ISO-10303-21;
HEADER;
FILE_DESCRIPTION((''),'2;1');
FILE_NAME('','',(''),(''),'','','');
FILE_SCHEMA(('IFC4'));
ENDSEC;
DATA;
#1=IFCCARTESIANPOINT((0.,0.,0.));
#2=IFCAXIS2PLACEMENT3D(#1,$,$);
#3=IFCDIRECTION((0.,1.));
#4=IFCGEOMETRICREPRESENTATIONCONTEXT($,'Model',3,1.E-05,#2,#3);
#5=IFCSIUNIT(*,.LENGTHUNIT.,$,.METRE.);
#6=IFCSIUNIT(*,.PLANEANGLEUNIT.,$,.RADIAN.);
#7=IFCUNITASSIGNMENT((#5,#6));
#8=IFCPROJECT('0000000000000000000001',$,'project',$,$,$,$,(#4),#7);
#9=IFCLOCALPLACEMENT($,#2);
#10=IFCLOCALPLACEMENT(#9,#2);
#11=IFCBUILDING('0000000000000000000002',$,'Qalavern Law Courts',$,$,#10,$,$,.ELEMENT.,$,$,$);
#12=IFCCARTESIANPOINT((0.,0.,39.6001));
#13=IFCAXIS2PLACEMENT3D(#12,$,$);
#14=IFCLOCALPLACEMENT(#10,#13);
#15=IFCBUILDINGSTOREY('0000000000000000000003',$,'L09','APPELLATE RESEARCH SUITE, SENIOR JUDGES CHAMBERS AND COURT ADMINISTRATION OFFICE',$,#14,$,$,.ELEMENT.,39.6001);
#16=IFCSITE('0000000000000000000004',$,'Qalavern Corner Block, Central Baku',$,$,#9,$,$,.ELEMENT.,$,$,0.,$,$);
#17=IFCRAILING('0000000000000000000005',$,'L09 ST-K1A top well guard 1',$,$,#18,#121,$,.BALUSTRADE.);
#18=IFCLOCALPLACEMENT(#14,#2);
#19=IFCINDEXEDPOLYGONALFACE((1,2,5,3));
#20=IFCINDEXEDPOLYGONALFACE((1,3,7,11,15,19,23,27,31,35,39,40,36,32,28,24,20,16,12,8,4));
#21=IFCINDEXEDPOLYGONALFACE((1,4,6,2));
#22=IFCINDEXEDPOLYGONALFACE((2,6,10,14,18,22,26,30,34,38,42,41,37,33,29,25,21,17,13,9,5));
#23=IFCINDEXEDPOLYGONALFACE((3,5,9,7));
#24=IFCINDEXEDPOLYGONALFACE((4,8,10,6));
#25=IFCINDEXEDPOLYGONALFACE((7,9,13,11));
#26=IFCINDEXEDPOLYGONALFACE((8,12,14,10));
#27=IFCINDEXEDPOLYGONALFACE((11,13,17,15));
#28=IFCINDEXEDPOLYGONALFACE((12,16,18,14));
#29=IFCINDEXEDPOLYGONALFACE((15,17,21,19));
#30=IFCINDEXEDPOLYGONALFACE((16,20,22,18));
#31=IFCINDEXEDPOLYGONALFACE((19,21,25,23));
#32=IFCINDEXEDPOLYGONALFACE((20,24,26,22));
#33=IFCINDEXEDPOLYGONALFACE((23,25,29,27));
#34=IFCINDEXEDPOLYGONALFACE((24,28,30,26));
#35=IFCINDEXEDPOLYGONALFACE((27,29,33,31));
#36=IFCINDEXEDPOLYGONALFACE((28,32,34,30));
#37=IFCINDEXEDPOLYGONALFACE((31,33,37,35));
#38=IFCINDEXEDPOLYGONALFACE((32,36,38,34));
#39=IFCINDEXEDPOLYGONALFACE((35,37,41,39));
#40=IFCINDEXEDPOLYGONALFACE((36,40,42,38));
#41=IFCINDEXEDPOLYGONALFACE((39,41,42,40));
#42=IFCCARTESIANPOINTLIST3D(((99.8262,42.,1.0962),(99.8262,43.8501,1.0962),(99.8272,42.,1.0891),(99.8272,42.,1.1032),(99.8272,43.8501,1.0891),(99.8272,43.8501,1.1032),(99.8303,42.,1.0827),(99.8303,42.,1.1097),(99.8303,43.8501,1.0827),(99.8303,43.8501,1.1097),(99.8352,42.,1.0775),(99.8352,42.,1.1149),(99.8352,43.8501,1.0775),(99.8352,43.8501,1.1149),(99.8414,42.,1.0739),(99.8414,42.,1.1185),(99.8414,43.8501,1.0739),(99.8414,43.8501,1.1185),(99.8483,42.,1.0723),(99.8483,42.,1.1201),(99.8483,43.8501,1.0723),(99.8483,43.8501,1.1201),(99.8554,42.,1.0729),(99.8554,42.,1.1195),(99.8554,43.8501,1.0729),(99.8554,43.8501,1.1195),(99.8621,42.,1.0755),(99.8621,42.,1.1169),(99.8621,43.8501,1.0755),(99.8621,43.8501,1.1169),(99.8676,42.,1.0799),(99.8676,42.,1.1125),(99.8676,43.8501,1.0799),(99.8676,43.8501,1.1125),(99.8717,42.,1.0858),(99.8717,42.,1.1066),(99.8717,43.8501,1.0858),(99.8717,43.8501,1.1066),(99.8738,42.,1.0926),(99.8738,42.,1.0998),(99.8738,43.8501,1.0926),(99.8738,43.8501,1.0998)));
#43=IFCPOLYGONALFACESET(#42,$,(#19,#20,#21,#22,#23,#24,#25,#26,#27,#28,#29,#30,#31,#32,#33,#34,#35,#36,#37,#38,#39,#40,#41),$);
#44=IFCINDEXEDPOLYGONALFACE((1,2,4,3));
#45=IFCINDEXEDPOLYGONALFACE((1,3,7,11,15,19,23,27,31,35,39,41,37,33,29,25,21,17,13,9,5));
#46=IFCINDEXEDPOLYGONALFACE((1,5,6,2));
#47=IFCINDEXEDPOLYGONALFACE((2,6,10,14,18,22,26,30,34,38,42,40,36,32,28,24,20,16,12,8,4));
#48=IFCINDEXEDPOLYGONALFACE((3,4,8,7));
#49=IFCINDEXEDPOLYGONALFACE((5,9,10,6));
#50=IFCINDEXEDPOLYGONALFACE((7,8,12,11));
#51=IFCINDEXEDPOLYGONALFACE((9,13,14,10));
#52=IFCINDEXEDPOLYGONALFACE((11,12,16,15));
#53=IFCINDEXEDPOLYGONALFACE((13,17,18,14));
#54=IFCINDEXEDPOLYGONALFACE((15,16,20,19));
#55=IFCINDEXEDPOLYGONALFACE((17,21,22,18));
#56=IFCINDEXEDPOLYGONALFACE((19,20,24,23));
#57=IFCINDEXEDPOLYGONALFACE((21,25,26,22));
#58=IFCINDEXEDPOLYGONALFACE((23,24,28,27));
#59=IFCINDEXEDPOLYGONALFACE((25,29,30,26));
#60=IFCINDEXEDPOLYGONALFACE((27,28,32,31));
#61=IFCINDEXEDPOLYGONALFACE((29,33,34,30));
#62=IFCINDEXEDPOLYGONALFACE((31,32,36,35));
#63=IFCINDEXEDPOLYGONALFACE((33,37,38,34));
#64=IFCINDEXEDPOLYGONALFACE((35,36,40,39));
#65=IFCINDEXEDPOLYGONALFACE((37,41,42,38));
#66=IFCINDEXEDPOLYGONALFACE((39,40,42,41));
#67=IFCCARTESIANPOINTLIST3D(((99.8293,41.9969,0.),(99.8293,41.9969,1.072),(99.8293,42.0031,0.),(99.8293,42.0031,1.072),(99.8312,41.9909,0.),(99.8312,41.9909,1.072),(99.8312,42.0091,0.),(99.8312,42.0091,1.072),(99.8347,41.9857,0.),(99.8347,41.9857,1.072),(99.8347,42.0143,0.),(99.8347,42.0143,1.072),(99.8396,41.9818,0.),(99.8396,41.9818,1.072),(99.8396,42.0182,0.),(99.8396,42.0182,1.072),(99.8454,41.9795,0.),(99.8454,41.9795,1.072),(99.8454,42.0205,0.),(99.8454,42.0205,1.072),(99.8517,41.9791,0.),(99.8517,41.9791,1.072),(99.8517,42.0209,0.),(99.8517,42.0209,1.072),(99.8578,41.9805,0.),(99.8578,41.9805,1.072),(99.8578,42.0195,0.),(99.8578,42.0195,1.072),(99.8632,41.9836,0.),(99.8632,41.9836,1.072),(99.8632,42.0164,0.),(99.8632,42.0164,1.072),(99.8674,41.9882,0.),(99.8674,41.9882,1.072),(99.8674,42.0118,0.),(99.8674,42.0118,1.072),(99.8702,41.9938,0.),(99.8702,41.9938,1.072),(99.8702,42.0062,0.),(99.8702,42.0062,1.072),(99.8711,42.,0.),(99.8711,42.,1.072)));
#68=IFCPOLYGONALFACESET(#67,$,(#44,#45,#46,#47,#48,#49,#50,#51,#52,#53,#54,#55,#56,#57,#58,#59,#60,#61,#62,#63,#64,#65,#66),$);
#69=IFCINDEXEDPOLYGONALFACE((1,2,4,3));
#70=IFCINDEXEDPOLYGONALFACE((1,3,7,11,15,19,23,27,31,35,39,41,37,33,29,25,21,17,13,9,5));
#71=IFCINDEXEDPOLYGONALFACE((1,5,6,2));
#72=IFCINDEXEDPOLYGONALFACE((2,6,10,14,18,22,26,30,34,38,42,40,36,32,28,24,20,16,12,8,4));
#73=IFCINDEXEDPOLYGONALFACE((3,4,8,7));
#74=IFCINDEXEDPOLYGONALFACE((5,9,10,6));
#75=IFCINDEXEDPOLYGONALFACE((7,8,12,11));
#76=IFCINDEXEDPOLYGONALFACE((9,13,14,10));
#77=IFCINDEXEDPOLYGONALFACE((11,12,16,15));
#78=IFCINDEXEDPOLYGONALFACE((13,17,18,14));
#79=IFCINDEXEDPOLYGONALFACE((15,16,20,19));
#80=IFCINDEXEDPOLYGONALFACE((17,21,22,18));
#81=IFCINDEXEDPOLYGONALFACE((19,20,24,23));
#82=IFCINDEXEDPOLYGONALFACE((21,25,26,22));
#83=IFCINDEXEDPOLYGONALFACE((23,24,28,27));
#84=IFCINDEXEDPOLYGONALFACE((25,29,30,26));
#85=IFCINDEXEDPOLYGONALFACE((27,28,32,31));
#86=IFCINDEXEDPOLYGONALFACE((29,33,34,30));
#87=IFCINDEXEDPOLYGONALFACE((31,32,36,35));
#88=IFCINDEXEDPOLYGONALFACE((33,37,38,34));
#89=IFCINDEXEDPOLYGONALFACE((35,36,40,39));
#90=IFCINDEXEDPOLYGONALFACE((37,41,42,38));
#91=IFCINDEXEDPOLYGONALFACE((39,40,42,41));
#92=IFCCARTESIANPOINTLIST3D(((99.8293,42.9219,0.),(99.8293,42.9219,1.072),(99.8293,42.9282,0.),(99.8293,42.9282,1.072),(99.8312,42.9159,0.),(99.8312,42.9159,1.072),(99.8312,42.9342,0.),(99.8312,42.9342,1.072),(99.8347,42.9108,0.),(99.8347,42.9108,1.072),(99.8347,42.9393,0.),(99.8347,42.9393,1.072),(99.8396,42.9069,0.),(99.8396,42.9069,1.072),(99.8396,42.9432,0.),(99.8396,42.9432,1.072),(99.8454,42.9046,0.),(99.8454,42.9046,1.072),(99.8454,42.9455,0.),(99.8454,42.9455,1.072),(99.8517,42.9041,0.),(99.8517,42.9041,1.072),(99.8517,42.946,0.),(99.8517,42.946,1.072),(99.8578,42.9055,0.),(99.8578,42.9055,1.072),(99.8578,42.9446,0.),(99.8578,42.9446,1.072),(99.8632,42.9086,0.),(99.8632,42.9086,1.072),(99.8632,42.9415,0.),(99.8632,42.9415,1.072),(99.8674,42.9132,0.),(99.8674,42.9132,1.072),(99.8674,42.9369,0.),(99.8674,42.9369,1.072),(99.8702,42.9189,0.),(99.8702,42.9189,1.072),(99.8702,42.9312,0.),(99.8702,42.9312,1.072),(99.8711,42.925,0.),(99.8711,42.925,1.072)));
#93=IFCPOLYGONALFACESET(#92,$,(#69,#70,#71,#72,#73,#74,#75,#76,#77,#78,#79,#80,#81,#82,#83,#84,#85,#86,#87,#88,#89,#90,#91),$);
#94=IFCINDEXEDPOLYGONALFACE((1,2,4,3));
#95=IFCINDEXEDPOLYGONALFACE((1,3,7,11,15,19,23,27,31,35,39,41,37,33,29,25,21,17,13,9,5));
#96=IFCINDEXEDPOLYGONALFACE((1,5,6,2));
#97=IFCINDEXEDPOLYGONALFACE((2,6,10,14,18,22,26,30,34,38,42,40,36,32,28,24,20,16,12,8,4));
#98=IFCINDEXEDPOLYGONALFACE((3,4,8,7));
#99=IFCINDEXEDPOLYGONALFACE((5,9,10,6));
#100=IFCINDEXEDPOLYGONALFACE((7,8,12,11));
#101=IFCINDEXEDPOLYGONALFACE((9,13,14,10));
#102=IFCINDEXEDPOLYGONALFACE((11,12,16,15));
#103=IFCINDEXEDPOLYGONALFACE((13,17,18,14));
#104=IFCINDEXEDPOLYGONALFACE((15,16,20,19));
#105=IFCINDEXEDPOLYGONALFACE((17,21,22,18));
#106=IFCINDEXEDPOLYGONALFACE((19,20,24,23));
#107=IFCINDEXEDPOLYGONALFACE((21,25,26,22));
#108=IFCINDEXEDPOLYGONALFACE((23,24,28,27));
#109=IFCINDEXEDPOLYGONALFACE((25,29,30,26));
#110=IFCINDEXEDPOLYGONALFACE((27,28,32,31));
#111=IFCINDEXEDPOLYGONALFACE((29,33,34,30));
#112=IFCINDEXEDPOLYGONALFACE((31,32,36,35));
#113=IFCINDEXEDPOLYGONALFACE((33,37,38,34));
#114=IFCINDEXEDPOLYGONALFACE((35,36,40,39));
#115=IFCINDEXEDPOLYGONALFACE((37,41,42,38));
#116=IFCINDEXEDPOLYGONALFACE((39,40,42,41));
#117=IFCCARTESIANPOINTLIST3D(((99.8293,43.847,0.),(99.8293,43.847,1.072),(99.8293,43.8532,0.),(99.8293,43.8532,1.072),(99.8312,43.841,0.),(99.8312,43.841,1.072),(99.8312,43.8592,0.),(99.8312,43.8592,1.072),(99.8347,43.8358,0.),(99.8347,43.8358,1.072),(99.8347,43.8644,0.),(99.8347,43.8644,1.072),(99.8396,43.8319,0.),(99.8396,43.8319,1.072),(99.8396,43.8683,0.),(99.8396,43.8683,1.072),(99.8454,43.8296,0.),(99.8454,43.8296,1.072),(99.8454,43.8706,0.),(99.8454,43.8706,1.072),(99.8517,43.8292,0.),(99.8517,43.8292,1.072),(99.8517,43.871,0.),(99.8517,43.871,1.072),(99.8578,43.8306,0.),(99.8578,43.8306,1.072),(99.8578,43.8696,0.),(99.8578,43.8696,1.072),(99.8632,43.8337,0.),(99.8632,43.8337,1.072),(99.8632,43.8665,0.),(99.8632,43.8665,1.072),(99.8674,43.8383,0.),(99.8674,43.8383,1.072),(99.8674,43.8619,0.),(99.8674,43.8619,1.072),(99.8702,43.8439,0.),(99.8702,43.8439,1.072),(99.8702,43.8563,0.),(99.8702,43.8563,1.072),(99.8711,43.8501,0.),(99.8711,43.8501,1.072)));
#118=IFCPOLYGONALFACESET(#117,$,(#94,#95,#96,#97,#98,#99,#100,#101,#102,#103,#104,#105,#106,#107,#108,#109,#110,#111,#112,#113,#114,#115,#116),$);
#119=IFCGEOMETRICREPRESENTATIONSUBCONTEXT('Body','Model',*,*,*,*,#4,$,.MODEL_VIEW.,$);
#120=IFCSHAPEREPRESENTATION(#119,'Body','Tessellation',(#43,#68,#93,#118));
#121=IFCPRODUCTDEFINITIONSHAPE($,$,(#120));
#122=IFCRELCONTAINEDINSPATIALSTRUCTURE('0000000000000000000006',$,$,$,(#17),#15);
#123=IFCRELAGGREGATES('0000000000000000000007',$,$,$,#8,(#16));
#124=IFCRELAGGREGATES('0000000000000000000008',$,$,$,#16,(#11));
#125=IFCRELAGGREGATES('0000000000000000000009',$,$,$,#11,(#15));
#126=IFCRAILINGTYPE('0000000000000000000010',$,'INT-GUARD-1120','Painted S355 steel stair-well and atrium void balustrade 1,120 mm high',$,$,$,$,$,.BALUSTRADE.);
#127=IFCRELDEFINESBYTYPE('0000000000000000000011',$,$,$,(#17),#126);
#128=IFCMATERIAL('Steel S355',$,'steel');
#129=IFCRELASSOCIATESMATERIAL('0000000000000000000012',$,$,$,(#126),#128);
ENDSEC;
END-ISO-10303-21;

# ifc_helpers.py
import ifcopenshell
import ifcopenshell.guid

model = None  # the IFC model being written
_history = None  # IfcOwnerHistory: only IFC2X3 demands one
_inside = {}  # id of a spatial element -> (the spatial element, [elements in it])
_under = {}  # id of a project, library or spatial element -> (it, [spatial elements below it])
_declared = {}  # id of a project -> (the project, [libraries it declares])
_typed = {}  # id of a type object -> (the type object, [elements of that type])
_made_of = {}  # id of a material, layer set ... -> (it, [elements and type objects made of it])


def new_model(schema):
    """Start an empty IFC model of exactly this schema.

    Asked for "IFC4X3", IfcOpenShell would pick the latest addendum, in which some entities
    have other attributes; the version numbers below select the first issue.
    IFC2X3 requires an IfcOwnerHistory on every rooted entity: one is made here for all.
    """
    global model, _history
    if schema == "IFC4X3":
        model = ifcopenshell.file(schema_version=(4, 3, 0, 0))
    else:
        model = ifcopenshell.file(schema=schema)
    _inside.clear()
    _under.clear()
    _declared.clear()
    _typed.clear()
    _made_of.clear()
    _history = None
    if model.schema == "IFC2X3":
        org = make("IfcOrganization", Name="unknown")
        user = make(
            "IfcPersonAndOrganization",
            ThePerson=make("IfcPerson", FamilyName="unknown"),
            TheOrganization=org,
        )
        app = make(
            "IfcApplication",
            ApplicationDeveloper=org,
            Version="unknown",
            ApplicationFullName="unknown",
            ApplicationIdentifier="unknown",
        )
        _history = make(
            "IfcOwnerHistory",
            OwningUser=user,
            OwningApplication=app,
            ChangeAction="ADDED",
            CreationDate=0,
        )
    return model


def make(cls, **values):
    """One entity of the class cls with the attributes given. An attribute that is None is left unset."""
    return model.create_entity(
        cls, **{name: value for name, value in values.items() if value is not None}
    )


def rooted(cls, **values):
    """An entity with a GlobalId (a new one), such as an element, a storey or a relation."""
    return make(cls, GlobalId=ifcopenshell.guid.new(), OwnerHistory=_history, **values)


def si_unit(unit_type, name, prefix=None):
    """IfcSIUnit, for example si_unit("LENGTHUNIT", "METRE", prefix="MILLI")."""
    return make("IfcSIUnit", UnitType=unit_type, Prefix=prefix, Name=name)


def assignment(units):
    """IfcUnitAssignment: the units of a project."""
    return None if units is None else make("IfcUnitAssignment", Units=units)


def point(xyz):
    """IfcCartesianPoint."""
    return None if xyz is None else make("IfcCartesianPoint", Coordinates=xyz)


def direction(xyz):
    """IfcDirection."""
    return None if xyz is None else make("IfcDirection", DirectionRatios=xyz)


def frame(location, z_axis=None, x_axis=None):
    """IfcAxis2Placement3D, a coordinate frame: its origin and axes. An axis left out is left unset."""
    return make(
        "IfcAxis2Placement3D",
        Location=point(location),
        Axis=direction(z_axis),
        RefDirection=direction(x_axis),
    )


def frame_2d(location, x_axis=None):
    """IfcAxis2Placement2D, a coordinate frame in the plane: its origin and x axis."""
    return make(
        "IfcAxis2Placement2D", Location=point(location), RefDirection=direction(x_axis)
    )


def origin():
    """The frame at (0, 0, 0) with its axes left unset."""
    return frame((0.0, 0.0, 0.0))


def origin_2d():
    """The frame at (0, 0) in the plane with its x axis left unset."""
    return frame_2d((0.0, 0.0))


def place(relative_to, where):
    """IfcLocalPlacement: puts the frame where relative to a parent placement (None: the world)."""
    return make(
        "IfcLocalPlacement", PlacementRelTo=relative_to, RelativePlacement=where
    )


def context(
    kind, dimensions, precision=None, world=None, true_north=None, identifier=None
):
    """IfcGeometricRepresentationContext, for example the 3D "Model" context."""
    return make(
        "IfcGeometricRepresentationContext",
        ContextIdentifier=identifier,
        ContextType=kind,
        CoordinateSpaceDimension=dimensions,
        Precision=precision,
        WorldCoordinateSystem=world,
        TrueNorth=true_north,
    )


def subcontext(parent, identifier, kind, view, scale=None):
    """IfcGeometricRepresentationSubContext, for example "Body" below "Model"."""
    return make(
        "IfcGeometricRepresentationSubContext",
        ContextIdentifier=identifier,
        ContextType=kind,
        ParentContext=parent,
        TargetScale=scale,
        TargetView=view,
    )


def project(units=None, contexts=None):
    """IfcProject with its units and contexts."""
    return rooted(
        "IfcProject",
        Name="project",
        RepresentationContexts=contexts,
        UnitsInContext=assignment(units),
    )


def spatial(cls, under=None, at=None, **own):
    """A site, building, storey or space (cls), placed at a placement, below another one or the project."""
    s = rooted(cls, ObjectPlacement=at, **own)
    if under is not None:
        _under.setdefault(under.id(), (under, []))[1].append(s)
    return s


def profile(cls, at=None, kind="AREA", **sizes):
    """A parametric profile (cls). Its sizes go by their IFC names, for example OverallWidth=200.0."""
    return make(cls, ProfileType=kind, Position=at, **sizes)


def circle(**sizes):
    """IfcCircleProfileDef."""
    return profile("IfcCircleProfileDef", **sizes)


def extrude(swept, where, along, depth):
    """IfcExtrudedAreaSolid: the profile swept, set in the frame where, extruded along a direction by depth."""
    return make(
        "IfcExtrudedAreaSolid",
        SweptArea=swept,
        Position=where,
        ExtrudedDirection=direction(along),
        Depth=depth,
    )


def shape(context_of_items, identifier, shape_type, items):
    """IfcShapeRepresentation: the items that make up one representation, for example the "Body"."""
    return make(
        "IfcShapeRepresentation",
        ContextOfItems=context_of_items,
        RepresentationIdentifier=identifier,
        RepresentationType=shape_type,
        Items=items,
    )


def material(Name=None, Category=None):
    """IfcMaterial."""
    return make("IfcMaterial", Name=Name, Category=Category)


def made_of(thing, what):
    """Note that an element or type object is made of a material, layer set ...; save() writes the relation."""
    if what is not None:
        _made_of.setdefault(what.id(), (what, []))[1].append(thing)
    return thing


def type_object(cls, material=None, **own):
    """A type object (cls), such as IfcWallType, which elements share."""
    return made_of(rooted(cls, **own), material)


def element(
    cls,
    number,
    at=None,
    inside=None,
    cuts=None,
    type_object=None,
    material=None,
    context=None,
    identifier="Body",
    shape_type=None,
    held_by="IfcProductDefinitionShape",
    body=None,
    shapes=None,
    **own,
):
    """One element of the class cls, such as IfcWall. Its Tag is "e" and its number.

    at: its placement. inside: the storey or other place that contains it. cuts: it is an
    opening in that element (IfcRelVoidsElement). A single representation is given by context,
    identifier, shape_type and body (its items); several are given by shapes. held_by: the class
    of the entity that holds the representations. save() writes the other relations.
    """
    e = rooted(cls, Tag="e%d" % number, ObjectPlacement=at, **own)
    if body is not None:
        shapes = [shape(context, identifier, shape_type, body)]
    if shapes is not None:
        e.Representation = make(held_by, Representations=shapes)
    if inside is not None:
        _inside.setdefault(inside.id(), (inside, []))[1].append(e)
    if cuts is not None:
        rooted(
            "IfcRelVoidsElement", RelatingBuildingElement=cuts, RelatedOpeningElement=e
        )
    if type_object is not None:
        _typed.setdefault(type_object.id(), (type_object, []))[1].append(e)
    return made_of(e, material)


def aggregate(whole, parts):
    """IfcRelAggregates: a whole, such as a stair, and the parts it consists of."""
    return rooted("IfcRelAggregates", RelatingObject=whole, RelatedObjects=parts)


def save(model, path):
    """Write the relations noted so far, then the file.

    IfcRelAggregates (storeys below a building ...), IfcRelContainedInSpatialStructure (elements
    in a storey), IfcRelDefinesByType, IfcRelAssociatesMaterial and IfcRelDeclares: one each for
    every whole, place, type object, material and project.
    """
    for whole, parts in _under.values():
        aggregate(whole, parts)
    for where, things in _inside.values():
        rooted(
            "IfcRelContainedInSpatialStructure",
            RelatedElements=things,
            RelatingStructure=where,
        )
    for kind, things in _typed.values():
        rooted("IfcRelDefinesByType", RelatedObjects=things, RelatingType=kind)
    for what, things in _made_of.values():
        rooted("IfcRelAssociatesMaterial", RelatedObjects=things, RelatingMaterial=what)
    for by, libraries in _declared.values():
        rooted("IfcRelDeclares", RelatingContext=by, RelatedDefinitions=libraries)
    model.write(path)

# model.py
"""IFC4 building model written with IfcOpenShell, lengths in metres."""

from ifc_helpers import new_model, si_unit, direction, frame, origin, origin_2d, place, context, subcontext, project, spatial, circle, extrude, material, type_object, element, save


model = new_model("IFC4")

# Units and contexts
model_context = context("Model", 3, precision=1e-05, world=origin(), true_north=direction((0.0, 1.0)))
body_context = subcontext(model_context, "Body", "Model", "MODEL_VIEW")
ifc_project = project(units=[si_unit("LENGTHUNIT", "METRE"), si_unit("PLANEANGLEUNIT", "RADIAN")], contexts=[model_context])

# Site, building, storey
site_placement = place(None, origin())
site = spatial("IfcSite", under=ifc_project, at=site_placement, Name="Qalavern Corner Block, Central Baku", CompositionType="ELEMENT", RefElevation=0.0)
building_placement = place(site_placement, origin())
building = spatial("IfcBuilding", under=site, at=building_placement, Name="Qalavern Law Courts", CompositionType="ELEMENT")
storey_placement = place(building_placement, frame((0.0, 0.0, 39.6001)))
storey = spatial("IfcBuildingStorey", under=building, at=storey_placement, Name="L09", Description="APPELLATE RESEARCH SUITE, SENIOR JUDGES CHAMBERS AND COURT ADMINISTRATION OFFICE", CompositionType="ELEMENT", Elevation=39.6001)

# Shared definitions
ifc_material_1 = material(Name="Steel S355", Category="steel")

# Railing
railing_type = type_object("IfcRailingType", Name="INT-GUARD-1120", Description="Painted S355 steel stair-well and atrium void balustrade 1,120 mm high", PredefinedType="BALUSTRADE", material=ifc_material_1)
railing_placement = place(storey_placement, frame((99.8501, 42.0, 0.0)))
element("IfcRailing", 1, at=railing_placement, inside=storey, type_object=railing_type, Name="L09 ST-K1A top well guard 1", PredefinedType="BALUSTRADE", context=body_context, shape_type="SweptSolid", body=[
    extrude(circle(Radius=0.0239, at=origin_2d()), frame((0.0, 0.0, 1.0962), z_axis=(0.0, 1.0, 0.0), x_axis=(-1.0, 0.0, 0.0)), (0.0, 0.0, 1.0), 1.8501),
    extrude(circle(Radius=0.021, at=origin_2d()), origin(), (0.0, 0.0, 1.0), 1.072),
    extrude(circle(Radius=0.021, at=origin_2d()), frame((0.0, 0.925, 0.0)), (0.0, 0.0, 1.0), 1.072),
    extrude(circle(Radius=0.021, at=origin_2d()), frame((0.0, 1.8501, 0.0)), (0.0, 0.0, 1.0), 1.072),
])

save(model, "model.ifc")
